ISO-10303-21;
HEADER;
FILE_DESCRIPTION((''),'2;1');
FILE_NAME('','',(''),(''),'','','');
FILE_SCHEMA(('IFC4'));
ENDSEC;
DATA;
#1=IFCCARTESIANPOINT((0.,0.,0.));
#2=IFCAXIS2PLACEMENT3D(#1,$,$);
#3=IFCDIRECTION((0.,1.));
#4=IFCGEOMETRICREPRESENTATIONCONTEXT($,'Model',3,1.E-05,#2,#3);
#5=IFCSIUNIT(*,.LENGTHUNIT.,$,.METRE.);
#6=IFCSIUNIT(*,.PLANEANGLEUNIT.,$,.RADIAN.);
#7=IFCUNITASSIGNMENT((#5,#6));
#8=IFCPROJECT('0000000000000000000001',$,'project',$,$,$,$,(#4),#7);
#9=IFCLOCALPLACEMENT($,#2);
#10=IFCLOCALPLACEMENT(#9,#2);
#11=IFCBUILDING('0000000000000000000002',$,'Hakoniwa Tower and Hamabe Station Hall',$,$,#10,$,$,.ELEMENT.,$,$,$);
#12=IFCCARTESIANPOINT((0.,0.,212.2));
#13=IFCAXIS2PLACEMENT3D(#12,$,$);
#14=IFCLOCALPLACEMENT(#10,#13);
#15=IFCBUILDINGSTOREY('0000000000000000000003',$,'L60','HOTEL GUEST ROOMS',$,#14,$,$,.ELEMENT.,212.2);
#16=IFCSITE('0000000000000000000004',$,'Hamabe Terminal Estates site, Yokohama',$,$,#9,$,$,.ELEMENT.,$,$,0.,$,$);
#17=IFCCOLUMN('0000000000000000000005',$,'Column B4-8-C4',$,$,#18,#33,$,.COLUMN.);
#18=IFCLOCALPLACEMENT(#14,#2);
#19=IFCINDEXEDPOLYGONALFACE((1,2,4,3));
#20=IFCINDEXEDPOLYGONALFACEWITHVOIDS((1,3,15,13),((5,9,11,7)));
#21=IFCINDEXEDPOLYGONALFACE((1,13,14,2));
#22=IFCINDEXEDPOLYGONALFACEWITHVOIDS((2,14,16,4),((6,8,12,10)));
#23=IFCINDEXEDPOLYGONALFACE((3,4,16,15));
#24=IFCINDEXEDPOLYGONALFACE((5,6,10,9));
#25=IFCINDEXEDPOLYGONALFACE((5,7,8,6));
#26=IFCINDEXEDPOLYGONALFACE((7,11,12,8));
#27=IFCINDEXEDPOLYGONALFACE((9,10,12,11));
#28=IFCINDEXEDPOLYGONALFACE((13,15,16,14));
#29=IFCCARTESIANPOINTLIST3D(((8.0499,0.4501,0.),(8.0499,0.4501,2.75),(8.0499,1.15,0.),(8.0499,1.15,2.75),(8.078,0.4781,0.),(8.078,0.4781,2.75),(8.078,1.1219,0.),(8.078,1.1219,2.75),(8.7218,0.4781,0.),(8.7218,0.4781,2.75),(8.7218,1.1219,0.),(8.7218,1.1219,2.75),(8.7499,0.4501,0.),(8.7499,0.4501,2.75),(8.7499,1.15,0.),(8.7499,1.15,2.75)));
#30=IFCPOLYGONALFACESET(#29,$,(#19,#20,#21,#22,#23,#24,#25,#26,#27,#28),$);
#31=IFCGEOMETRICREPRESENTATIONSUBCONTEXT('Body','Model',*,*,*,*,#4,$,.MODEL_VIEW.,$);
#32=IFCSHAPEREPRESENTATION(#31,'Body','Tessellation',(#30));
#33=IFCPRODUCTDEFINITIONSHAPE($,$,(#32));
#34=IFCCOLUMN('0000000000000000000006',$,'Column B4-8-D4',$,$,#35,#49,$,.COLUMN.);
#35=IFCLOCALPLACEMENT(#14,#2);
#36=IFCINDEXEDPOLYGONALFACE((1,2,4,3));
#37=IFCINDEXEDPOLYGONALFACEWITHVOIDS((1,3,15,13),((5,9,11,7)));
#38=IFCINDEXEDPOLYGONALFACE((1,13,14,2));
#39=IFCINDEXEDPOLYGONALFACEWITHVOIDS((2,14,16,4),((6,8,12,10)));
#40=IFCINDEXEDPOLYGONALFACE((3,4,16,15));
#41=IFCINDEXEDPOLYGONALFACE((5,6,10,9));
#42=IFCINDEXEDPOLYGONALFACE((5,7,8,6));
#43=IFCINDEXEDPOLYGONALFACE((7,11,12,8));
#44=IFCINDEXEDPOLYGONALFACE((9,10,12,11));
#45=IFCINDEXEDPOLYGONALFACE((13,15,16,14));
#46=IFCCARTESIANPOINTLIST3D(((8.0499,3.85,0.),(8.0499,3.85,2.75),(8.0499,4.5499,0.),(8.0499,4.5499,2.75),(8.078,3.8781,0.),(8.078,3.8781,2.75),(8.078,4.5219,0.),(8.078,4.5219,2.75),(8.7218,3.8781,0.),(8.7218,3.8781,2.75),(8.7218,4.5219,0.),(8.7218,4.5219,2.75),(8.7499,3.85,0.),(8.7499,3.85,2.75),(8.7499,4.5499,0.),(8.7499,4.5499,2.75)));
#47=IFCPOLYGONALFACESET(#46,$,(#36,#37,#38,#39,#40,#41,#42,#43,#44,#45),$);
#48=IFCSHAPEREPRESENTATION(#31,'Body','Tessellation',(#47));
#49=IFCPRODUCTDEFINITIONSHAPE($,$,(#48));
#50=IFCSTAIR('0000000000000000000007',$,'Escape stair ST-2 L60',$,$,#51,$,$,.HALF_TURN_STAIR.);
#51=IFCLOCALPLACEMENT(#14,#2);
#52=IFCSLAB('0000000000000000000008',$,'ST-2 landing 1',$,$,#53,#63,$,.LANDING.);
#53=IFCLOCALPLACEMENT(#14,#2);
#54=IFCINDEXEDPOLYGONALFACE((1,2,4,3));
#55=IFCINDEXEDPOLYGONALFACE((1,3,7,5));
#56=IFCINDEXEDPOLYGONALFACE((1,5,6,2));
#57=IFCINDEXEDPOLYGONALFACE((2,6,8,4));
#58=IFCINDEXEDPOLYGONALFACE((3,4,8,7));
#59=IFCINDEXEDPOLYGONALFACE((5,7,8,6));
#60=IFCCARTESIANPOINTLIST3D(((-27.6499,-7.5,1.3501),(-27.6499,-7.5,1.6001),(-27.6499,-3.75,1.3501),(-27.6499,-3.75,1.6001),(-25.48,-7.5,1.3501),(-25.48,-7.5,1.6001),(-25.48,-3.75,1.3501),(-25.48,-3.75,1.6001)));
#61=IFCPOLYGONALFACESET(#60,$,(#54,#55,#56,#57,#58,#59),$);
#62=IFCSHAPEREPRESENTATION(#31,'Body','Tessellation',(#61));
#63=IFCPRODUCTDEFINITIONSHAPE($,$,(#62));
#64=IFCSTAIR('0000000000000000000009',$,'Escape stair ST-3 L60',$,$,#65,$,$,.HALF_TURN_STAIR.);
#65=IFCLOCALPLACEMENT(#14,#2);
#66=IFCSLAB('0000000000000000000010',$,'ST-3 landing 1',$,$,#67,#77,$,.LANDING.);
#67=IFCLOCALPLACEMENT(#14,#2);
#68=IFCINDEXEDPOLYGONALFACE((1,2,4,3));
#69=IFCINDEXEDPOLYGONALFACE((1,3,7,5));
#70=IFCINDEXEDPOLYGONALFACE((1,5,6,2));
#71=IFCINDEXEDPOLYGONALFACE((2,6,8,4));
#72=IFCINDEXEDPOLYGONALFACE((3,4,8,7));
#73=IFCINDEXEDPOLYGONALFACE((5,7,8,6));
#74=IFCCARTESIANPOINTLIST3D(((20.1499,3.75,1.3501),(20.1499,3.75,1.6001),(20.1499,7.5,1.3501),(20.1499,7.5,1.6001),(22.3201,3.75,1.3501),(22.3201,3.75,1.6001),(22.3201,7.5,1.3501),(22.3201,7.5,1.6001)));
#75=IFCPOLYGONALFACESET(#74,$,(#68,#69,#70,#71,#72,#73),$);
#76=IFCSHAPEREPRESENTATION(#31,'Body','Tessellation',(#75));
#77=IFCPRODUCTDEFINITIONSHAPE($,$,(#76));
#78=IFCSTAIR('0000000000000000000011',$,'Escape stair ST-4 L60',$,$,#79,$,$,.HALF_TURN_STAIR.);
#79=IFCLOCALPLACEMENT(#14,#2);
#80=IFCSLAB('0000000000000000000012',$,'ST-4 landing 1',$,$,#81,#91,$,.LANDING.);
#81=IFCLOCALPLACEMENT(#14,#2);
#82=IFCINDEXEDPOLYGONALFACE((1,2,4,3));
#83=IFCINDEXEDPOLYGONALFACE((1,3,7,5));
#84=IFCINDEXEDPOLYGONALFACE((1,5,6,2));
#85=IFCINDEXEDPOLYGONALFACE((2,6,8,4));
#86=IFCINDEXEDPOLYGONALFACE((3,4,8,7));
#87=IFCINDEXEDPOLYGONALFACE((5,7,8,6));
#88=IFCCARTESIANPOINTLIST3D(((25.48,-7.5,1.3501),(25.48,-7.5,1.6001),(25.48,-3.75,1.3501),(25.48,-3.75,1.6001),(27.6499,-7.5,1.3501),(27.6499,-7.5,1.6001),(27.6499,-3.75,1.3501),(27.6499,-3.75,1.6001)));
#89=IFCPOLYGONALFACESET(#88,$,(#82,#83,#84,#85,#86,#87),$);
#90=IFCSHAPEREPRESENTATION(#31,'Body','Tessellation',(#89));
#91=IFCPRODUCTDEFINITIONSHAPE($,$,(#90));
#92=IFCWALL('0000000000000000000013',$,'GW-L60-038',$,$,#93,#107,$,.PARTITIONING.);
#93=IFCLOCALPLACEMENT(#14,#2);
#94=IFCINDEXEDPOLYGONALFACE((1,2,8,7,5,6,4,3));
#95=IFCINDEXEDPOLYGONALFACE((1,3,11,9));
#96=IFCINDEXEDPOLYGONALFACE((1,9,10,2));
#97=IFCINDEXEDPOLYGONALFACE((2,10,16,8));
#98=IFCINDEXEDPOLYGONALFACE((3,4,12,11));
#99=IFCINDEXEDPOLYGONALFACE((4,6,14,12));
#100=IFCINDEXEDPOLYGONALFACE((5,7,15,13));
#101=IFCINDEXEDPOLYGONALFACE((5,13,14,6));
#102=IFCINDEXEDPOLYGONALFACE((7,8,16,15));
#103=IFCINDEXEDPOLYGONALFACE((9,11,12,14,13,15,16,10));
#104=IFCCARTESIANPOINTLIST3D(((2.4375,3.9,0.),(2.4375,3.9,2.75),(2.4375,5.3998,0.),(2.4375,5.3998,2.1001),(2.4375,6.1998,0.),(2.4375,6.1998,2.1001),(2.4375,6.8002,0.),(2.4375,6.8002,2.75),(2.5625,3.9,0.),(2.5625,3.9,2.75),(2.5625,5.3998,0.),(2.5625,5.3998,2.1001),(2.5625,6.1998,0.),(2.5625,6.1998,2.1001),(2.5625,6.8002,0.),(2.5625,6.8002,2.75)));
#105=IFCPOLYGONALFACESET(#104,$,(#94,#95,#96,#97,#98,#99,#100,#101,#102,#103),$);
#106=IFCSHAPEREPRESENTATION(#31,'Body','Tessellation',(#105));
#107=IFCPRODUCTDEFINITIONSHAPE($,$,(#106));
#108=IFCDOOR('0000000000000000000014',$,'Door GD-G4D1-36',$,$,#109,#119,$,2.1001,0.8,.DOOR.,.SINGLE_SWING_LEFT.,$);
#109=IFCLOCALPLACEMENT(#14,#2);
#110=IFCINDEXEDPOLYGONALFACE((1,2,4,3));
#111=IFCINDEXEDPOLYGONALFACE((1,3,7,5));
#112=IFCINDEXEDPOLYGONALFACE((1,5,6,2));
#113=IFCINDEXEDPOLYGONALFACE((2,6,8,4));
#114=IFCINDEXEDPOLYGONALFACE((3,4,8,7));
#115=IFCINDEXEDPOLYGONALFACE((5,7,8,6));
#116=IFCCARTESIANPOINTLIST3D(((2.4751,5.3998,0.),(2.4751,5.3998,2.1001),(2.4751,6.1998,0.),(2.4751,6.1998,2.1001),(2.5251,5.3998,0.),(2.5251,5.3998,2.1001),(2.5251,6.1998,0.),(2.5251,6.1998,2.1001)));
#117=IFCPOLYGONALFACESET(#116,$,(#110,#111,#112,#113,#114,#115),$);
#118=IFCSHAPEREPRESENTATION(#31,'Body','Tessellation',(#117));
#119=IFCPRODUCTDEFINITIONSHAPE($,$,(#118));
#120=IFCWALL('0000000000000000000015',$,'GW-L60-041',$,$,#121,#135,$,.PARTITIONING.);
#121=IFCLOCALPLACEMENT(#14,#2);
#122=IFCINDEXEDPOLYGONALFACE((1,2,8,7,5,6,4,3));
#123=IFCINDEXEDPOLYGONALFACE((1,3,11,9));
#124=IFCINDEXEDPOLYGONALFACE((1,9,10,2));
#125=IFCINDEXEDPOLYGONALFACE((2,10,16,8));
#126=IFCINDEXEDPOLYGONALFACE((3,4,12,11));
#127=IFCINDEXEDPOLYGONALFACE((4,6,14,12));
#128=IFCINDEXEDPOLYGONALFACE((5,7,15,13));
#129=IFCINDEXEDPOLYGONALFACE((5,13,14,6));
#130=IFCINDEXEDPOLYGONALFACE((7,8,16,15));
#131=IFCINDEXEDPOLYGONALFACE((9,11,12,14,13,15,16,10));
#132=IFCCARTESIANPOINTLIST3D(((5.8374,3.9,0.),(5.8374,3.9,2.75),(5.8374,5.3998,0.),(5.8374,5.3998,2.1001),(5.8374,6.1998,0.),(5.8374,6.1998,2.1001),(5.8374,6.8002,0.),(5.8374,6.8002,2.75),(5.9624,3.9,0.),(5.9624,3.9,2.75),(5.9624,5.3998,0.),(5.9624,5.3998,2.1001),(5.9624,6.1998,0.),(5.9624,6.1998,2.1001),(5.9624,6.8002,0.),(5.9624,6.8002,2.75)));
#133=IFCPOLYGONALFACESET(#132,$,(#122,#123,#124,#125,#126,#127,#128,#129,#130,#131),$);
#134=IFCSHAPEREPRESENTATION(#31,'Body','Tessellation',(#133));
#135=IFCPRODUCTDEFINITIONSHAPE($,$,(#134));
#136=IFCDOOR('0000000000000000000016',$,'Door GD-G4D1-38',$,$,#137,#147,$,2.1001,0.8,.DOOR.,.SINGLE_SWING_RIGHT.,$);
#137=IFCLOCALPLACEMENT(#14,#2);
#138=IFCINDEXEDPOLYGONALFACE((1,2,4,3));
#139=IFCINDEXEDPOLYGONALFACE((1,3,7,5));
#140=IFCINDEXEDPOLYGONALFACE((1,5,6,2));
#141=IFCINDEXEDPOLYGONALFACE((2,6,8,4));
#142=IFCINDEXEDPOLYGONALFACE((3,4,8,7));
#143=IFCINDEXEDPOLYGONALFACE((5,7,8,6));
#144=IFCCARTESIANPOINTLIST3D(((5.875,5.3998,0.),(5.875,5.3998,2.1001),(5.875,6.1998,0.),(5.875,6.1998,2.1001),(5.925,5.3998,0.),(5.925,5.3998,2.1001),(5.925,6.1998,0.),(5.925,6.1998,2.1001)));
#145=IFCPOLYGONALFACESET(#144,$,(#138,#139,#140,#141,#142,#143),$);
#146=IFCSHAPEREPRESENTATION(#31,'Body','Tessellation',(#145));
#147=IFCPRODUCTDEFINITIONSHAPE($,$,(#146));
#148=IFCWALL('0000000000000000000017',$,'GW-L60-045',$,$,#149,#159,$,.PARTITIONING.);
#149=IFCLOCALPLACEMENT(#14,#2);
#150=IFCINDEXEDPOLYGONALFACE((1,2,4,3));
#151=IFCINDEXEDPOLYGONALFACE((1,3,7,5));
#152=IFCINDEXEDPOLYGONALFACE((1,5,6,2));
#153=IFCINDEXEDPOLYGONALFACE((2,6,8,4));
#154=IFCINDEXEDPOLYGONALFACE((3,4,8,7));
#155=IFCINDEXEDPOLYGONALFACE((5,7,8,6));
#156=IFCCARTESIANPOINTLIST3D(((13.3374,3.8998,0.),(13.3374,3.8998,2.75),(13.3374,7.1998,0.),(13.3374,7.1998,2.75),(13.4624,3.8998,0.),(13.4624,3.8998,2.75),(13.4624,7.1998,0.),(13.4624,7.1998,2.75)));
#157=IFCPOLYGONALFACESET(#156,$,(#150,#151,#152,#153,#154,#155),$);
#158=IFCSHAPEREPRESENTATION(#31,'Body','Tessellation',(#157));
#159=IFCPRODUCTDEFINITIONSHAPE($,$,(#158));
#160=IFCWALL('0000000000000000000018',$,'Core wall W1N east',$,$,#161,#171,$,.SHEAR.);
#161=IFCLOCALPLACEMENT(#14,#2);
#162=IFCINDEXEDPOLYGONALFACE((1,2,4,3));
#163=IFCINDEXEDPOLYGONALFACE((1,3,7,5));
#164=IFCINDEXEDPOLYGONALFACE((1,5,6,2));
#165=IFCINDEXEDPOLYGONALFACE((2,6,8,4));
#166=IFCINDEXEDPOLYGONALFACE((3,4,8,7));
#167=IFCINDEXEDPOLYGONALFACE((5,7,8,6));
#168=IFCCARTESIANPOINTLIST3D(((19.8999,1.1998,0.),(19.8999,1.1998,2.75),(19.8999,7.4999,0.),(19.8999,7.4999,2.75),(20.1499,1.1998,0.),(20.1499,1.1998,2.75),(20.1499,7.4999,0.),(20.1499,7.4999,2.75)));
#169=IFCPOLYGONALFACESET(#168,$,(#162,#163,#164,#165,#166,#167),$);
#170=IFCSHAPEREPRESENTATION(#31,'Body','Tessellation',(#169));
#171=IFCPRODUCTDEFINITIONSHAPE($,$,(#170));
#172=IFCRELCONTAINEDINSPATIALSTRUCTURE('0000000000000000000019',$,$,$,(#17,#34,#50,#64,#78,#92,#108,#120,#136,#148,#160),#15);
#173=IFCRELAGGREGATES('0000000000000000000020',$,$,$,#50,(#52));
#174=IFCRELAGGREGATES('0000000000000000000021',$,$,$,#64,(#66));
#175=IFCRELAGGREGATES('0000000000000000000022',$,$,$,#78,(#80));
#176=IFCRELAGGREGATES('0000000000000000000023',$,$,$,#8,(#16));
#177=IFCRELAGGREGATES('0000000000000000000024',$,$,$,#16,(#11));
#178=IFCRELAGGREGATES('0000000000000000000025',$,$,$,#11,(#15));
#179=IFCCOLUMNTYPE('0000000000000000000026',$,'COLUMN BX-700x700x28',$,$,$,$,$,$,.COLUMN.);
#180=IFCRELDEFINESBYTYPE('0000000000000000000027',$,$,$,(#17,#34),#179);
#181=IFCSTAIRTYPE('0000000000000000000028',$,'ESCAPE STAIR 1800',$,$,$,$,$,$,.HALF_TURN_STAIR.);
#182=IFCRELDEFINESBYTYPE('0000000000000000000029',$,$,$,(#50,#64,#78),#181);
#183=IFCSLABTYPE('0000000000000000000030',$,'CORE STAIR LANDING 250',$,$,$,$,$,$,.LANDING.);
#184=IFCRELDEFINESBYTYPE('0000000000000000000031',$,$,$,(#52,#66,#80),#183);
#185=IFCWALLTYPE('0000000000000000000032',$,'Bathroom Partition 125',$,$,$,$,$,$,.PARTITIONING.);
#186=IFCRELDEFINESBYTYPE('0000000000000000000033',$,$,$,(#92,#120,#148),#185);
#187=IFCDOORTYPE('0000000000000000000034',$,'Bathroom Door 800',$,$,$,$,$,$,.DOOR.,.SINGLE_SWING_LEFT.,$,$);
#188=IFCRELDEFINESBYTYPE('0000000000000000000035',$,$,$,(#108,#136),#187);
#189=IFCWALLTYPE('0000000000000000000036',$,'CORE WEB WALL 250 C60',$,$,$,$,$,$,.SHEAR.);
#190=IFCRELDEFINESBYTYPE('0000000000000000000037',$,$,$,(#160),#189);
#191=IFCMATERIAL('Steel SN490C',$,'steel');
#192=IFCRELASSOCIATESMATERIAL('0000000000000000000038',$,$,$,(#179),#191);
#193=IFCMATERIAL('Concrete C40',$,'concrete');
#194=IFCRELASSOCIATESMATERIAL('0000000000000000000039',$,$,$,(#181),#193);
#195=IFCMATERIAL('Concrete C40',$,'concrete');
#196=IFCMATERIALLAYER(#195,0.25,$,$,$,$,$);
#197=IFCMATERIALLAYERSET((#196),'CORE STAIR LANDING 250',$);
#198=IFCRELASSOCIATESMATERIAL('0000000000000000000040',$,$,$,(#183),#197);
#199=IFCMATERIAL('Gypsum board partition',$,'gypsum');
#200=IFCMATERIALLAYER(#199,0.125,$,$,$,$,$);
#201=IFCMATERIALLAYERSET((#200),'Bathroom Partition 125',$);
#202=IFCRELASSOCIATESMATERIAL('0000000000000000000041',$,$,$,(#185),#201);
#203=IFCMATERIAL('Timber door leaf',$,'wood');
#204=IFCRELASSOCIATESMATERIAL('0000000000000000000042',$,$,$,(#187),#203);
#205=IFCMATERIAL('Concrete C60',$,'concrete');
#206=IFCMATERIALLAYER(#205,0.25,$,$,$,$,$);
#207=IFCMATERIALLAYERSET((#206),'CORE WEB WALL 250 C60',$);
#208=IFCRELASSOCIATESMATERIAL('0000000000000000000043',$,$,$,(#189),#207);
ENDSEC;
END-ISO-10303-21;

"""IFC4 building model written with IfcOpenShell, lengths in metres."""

from ifc_helpers import new_model, si_unit, direction, frame, frame_2d, origin, origin_2d, place, context, subcontext, project, spatial, polyline, rectangle, hollow_rectangle, outline, extrude, material, layer, layer_set, material_profile, profile_set, type_object, element, fill, aggregate, save


model = new_model("IFC4")

# Units and contexts
model_context = context("Model", 3, precision=1e-05, world=origin(), true_north=direction((0.0, 1.0)))
body_context = subcontext(model_context, "Body", "Model", "MODEL_VIEW")
ifc_project = project(units=[si_unit("LENGTHUNIT", "METRE"), si_unit("PLANEANGLEUNIT", "RADIAN")], contexts=[model_context])

# Site, building, storey
site_placement = place(None, origin())
site = spatial("IfcSite", under=ifc_project, at=site_placement, Name="Hamabe Terminal Estates site, Yokohama", CompositionType="ELEMENT", RefElevation=0.0)
building_placement = place(site_placement, origin())
building = spatial("IfcBuilding", under=site, at=building_placement, Name="Hakoniwa Tower and Hamabe Station Hall", CompositionType="ELEMENT")
storey_placement = place(building_placement, frame((0.0, 0.0, 212.2)))
storey = spatial("IfcBuildingStorey", under=building, at=storey_placement, Name="L60", Description="HOTEL GUEST ROOMS", CompositionType="ELEMENT", Elevation=212.2)

# Columns
ifc_material_1 = material(Name="Steel SN490C", Category="steel")
ifc_material_profile = material_profile(ifc_material_1, hollow_rectangle(XDim=0.7, YDim=0.7, WallThickness=0.0281, at=origin_2d()), Name="BX-700x700x28")
ifc_profile_set = profile_set([ifc_material_profile], Name="Steel SN490C")
column_type = type_object("IfcColumnType", Name="COLUMN BX-700x700x28", PredefinedType="COLUMN", material=ifc_profile_set)
for number, where, z_axis, x_axis, name in (
    (1, (8.3999, 0.8, 0.0), (0.0, 0.0, 1.0), (1.0, 0.0, 0.0), "Column B4-8-C4"),
    (2, (8.3999, 4.2, 0.0), (0.0, 0.0, 1.0), (1.0, 0.0, 0.0), "Column B4-8-D4"),
):
    element("IfcColumn", number, at=place(storey_placement, frame(where, z_axis=z_axis, x_axis=x_axis)), inside=storey, type_object=column_type, Name=name, PredefinedType="COLUMN", context=body_context, shape_type="SweptSolid", body=[
        extrude(hollow_rectangle(XDim=0.7, YDim=0.7, WallThickness=0.0281, at=origin_2d()), origin(), (0.0, 0.0, 1.0), 2.75),
    ])

# Stairs, slabs
ifc_material_2 = material(Name="Concrete C40", Category="concrete")
stair_type = type_object("IfcStairType", Name="ESCAPE STAIR 1800", PredefinedType="HALF_TURN_STAIR", material=ifc_material_2)
stair_1_placement = place(storey_placement, origin())
stair_1 = element("IfcStair", 3, at=stair_1_placement, inside=storey, type_object=stair_type, Name="Escape stair ST-2 L60", PredefinedType="HALF_TURN_STAIR")
ifc_material_3 = material(Name="Concrete C40", Category="concrete")
ifc_layer_1 = layer(ifc_material_3, 0.25)
ifc_layer_set_1 = layer_set([ifc_layer_1], Name="CORE STAIR LANDING 250")
slab_type = type_object("IfcSlabType", Name="CORE STAIR LANDING 250", PredefinedType="LANDING", material=ifc_layer_set_1)
slab_1_placement = place(storey_placement, frame((0.0, 0.0, 1.3501)))
slab_1 = element("IfcSlab", 4, at=slab_1_placement, type_object=slab_type, Name="ST-2 landing 1", PredefinedType="LANDING", context=body_context, shape_type="SweptSolid", body=[
    extrude(outline(polyline([(-25.48, -7.5), (-27.6499, -7.5), (-27.6499, -3.75), (-25.48, -3.75), (-25.48, -7.5)])), origin(), (0.0, 0.0, 1.0), 0.25),
])
aggregate(stair_1, [slab_1])
stair_2_placement = place(storey_placement, origin())
stair_2 = element("IfcStair", 5, at=stair_2_placement, inside=storey, type_object=stair_type, Name="Escape stair ST-3 L60", PredefinedType="HALF_TURN_STAIR")
slab_2_placement = place(storey_placement, frame((0.0, 0.0, 1.3501)))
slab_2 = element("IfcSlab", 6, at=slab_2_placement, type_object=slab_type, Name="ST-3 landing 1", PredefinedType="LANDING", context=body_context, shape_type="SweptSolid", body=[
    extrude(outline(polyline([(22.3201, 3.75), (20.1499, 3.75), (20.1499, 7.5), (22.3201, 7.5), (22.3201, 3.75)])), origin(), (0.0, 0.0, 1.0), 0.25),
])
aggregate(stair_2, [slab_2])
stair_3_placement = place(storey_placement, origin())
stair_3 = element("IfcStair", 7, at=stair_3_placement, inside=storey, type_object=stair_type, Name="Escape stair ST-4 L60", PredefinedType="HALF_TURN_STAIR")
slab_3_placement = place(storey_placement, frame((0.0, 0.0, 1.3501)))
slab_3 = element("IfcSlab", 8, at=slab_3_placement, type_object=slab_type, Name="ST-4 landing 1", PredefinedType="LANDING", context=body_context, shape_type="SweptSolid", body=[
    extrude(outline(polyline([(25.48, -7.5), (27.6499, -7.5), (27.6499, -3.75), (25.48, -3.75), (25.48, -7.5)])), origin(), (0.0, 0.0, 1.0), 0.25),
])
aggregate(stair_3, [slab_3])

# Walls, openings, doors
ifc_material_4 = material(Name="Gypsum board partition", Category="gypsum")
ifc_layer_2 = layer(ifc_material_4, 0.125)
ifc_layer_set_2 = layer_set([ifc_layer_2], Name="Bathroom Partition 125")
wall_type_1 = type_object("IfcWallType", Name="Bathroom Partition 125", PredefinedType="PARTITIONING", material=ifc_layer_set_2)
wall_1_placement = place(storey_placement, frame((2.5, 3.8999, 0.0), z_axis=(0.0, 0.0, 1.0), x_axis=(0.0, 1.0, 0.0)))
wall_1 = element("IfcWall", 9, at=wall_1_placement, inside=storey, type_object=wall_type_1, Name="GW-L60-038", PredefinedType="PARTITIONING", context=body_context, shape_type="SweptSolid", body=[
    extrude(rectangle(XDim=2.9001, YDim=0.125, at=frame_2d((1.4502, 0.0))), origin(), (0.0, 0.0, 1.0), 2.75),
])
opening_1_placement = place(wall_1_placement, frame((1.5, 0.0, 0.0)))
opening_1 = element("IfcOpeningElement", 10, at=opening_1_placement, cuts=wall_1, PredefinedType="OPENING", context=body_context, shape_type="SweptSolid", body=[
    extrude(rectangle(XDim=0.8, YDim=2.1001, at=frame_2d((0.3999, 1.05))), frame((0.0, 0.0725, 0.0), z_axis=(0.0, -1.0, 0.0), x_axis=(1.0, 0.0, 0.0)), (0.0, 0.0, 1.0), 0.145),
])
ifc_material_5 = material(Name="Timber door leaf", Category="wood")
door_type_1 = type_object("IfcDoorType", Name="Bathroom Door 800", OperationType="SINGLE_SWING_LEFT", PredefinedType="DOOR", material=ifc_material_5)
door_1_placement = place(opening_1_placement, origin())
door_1 = element("IfcDoor", 11, at=door_1_placement, inside=storey, type_object=door_type_1, Name="Door GD-G4D1-36", OperationType="SINGLE_SWING_LEFT", OverallHeight=2.1001, OverallWidth=0.8, PredefinedType="DOOR", context=body_context, shape_type="SweptSolid", body=[
    extrude(rectangle(XDim=0.8, YDim=2.1001, at=frame_2d((0.3999, 1.05))), frame((0.0, 0.0249, 0.0), z_axis=(0.0, -1.0, 0.0), x_axis=(1.0, 0.0, 0.0)), (0.0, 0.0, 1.0), 0.05),
])
fill(opening_1, door_1)
wall_2_placement = place(storey_placement, frame((5.8999, 3.8999, 0.0), z_axis=(0.0, 0.0, 1.0), x_axis=(0.0, 1.0, 0.0)))
wall_2 = element("IfcWall", 12, at=wall_2_placement, inside=storey, type_object=wall_type_1, Name="GW-L60-041", PredefinedType="PARTITIONING", context=body_context, shape_type="SweptSolid", body=[
    extrude(rectangle(XDim=2.9001, YDim=0.125, at=frame_2d((1.4502, 0.0))), origin(), (0.0, 0.0, 1.0), 2.75),
])
opening_2_placement = place(wall_2_placement, frame((1.5, 0.0, 0.0)))
opening_2 = element("IfcOpeningElement", 13, at=opening_2_placement, cuts=wall_2, PredefinedType="OPENING", context=body_context, shape_type="SweptSolid", body=[
    extrude(rectangle(XDim=0.8, YDim=2.1001, at=frame_2d((0.3999, 1.05))), frame((0.0, 0.0725, 0.0), z_axis=(0.0, -1.0, 0.0), x_axis=(1.0, 0.0, 0.0)), (0.0, 0.0, 1.0), 0.145),
])
door_2_placement = place(opening_2_placement, origin())
door_2 = element("IfcDoor", 14, at=door_2_placement, inside=storey, type_object=door_type_1, Name="Door GD-G4D1-38", OperationType="SINGLE_SWING_RIGHT", OverallHeight=2.1001, OverallWidth=0.8, PredefinedType="DOOR", context=body_context, shape_type="SweptSolid", body=[
    extrude(rectangle(XDim=0.8, YDim=2.1001, at=frame_2d((0.3999, 1.05))), frame((0.0, 0.0249, 0.0), z_axis=(0.0, -1.0, 0.0), x_axis=(1.0, 0.0, 0.0)), (0.0, 0.0, 1.0), 0.05),
])
fill(opening_2, door_2)

# Walls
wall_3_placement = place(storey_placement, frame((13.3999, 3.8999, 0.0), z_axis=(0.0, 0.0, 1.0), x_axis=(0.0, 1.0, 0.0)))
element("IfcWall", 15, at=wall_3_placement, inside=storey, type_object=wall_type_1, Name="GW-L60-045", PredefinedType="PARTITIONING", context=body_context, shape_type="SweptSolid", body=[
    extrude(rectangle(XDim=3.3, YDim=0.125, at=frame_2d((1.6499, 0.0))), origin(), (0.0, 0.0, 1.0), 2.75),
])
ifc_material_6 = material(Name="Concrete C60", Category="concrete")
ifc_layer_3 = layer(ifc_material_6, 0.25)
ifc_layer_set_3 = layer_set([ifc_layer_3], Name="CORE WEB WALL 250 C60")
wall_type_2 = type_object("IfcWallType", Name="CORE WEB WALL 250 C60", PredefinedType="SHEAR", material=ifc_layer_set_3)
wall_4_placement = place(storey_placement, frame((20.0249, 1.2, 0.0), z_axis=(0.0, 0.0, 1.0), x_axis=(0.0, 1.0, 0.0)))
element("IfcWall", 16, at=wall_4_placement, inside=storey, type_object=wall_type_2, Name="Core wall W1N east", PredefinedType="SHEAR", context=body_context, shape_type="SweptSolid", body=[
    extrude(rectangle(XDim=6.3, YDim=0.25, at=frame_2d((3.1499, 0.0))), origin(), (0.0, 0.0, 1.0), 2.75),
])

save(model, "model.ifc")
